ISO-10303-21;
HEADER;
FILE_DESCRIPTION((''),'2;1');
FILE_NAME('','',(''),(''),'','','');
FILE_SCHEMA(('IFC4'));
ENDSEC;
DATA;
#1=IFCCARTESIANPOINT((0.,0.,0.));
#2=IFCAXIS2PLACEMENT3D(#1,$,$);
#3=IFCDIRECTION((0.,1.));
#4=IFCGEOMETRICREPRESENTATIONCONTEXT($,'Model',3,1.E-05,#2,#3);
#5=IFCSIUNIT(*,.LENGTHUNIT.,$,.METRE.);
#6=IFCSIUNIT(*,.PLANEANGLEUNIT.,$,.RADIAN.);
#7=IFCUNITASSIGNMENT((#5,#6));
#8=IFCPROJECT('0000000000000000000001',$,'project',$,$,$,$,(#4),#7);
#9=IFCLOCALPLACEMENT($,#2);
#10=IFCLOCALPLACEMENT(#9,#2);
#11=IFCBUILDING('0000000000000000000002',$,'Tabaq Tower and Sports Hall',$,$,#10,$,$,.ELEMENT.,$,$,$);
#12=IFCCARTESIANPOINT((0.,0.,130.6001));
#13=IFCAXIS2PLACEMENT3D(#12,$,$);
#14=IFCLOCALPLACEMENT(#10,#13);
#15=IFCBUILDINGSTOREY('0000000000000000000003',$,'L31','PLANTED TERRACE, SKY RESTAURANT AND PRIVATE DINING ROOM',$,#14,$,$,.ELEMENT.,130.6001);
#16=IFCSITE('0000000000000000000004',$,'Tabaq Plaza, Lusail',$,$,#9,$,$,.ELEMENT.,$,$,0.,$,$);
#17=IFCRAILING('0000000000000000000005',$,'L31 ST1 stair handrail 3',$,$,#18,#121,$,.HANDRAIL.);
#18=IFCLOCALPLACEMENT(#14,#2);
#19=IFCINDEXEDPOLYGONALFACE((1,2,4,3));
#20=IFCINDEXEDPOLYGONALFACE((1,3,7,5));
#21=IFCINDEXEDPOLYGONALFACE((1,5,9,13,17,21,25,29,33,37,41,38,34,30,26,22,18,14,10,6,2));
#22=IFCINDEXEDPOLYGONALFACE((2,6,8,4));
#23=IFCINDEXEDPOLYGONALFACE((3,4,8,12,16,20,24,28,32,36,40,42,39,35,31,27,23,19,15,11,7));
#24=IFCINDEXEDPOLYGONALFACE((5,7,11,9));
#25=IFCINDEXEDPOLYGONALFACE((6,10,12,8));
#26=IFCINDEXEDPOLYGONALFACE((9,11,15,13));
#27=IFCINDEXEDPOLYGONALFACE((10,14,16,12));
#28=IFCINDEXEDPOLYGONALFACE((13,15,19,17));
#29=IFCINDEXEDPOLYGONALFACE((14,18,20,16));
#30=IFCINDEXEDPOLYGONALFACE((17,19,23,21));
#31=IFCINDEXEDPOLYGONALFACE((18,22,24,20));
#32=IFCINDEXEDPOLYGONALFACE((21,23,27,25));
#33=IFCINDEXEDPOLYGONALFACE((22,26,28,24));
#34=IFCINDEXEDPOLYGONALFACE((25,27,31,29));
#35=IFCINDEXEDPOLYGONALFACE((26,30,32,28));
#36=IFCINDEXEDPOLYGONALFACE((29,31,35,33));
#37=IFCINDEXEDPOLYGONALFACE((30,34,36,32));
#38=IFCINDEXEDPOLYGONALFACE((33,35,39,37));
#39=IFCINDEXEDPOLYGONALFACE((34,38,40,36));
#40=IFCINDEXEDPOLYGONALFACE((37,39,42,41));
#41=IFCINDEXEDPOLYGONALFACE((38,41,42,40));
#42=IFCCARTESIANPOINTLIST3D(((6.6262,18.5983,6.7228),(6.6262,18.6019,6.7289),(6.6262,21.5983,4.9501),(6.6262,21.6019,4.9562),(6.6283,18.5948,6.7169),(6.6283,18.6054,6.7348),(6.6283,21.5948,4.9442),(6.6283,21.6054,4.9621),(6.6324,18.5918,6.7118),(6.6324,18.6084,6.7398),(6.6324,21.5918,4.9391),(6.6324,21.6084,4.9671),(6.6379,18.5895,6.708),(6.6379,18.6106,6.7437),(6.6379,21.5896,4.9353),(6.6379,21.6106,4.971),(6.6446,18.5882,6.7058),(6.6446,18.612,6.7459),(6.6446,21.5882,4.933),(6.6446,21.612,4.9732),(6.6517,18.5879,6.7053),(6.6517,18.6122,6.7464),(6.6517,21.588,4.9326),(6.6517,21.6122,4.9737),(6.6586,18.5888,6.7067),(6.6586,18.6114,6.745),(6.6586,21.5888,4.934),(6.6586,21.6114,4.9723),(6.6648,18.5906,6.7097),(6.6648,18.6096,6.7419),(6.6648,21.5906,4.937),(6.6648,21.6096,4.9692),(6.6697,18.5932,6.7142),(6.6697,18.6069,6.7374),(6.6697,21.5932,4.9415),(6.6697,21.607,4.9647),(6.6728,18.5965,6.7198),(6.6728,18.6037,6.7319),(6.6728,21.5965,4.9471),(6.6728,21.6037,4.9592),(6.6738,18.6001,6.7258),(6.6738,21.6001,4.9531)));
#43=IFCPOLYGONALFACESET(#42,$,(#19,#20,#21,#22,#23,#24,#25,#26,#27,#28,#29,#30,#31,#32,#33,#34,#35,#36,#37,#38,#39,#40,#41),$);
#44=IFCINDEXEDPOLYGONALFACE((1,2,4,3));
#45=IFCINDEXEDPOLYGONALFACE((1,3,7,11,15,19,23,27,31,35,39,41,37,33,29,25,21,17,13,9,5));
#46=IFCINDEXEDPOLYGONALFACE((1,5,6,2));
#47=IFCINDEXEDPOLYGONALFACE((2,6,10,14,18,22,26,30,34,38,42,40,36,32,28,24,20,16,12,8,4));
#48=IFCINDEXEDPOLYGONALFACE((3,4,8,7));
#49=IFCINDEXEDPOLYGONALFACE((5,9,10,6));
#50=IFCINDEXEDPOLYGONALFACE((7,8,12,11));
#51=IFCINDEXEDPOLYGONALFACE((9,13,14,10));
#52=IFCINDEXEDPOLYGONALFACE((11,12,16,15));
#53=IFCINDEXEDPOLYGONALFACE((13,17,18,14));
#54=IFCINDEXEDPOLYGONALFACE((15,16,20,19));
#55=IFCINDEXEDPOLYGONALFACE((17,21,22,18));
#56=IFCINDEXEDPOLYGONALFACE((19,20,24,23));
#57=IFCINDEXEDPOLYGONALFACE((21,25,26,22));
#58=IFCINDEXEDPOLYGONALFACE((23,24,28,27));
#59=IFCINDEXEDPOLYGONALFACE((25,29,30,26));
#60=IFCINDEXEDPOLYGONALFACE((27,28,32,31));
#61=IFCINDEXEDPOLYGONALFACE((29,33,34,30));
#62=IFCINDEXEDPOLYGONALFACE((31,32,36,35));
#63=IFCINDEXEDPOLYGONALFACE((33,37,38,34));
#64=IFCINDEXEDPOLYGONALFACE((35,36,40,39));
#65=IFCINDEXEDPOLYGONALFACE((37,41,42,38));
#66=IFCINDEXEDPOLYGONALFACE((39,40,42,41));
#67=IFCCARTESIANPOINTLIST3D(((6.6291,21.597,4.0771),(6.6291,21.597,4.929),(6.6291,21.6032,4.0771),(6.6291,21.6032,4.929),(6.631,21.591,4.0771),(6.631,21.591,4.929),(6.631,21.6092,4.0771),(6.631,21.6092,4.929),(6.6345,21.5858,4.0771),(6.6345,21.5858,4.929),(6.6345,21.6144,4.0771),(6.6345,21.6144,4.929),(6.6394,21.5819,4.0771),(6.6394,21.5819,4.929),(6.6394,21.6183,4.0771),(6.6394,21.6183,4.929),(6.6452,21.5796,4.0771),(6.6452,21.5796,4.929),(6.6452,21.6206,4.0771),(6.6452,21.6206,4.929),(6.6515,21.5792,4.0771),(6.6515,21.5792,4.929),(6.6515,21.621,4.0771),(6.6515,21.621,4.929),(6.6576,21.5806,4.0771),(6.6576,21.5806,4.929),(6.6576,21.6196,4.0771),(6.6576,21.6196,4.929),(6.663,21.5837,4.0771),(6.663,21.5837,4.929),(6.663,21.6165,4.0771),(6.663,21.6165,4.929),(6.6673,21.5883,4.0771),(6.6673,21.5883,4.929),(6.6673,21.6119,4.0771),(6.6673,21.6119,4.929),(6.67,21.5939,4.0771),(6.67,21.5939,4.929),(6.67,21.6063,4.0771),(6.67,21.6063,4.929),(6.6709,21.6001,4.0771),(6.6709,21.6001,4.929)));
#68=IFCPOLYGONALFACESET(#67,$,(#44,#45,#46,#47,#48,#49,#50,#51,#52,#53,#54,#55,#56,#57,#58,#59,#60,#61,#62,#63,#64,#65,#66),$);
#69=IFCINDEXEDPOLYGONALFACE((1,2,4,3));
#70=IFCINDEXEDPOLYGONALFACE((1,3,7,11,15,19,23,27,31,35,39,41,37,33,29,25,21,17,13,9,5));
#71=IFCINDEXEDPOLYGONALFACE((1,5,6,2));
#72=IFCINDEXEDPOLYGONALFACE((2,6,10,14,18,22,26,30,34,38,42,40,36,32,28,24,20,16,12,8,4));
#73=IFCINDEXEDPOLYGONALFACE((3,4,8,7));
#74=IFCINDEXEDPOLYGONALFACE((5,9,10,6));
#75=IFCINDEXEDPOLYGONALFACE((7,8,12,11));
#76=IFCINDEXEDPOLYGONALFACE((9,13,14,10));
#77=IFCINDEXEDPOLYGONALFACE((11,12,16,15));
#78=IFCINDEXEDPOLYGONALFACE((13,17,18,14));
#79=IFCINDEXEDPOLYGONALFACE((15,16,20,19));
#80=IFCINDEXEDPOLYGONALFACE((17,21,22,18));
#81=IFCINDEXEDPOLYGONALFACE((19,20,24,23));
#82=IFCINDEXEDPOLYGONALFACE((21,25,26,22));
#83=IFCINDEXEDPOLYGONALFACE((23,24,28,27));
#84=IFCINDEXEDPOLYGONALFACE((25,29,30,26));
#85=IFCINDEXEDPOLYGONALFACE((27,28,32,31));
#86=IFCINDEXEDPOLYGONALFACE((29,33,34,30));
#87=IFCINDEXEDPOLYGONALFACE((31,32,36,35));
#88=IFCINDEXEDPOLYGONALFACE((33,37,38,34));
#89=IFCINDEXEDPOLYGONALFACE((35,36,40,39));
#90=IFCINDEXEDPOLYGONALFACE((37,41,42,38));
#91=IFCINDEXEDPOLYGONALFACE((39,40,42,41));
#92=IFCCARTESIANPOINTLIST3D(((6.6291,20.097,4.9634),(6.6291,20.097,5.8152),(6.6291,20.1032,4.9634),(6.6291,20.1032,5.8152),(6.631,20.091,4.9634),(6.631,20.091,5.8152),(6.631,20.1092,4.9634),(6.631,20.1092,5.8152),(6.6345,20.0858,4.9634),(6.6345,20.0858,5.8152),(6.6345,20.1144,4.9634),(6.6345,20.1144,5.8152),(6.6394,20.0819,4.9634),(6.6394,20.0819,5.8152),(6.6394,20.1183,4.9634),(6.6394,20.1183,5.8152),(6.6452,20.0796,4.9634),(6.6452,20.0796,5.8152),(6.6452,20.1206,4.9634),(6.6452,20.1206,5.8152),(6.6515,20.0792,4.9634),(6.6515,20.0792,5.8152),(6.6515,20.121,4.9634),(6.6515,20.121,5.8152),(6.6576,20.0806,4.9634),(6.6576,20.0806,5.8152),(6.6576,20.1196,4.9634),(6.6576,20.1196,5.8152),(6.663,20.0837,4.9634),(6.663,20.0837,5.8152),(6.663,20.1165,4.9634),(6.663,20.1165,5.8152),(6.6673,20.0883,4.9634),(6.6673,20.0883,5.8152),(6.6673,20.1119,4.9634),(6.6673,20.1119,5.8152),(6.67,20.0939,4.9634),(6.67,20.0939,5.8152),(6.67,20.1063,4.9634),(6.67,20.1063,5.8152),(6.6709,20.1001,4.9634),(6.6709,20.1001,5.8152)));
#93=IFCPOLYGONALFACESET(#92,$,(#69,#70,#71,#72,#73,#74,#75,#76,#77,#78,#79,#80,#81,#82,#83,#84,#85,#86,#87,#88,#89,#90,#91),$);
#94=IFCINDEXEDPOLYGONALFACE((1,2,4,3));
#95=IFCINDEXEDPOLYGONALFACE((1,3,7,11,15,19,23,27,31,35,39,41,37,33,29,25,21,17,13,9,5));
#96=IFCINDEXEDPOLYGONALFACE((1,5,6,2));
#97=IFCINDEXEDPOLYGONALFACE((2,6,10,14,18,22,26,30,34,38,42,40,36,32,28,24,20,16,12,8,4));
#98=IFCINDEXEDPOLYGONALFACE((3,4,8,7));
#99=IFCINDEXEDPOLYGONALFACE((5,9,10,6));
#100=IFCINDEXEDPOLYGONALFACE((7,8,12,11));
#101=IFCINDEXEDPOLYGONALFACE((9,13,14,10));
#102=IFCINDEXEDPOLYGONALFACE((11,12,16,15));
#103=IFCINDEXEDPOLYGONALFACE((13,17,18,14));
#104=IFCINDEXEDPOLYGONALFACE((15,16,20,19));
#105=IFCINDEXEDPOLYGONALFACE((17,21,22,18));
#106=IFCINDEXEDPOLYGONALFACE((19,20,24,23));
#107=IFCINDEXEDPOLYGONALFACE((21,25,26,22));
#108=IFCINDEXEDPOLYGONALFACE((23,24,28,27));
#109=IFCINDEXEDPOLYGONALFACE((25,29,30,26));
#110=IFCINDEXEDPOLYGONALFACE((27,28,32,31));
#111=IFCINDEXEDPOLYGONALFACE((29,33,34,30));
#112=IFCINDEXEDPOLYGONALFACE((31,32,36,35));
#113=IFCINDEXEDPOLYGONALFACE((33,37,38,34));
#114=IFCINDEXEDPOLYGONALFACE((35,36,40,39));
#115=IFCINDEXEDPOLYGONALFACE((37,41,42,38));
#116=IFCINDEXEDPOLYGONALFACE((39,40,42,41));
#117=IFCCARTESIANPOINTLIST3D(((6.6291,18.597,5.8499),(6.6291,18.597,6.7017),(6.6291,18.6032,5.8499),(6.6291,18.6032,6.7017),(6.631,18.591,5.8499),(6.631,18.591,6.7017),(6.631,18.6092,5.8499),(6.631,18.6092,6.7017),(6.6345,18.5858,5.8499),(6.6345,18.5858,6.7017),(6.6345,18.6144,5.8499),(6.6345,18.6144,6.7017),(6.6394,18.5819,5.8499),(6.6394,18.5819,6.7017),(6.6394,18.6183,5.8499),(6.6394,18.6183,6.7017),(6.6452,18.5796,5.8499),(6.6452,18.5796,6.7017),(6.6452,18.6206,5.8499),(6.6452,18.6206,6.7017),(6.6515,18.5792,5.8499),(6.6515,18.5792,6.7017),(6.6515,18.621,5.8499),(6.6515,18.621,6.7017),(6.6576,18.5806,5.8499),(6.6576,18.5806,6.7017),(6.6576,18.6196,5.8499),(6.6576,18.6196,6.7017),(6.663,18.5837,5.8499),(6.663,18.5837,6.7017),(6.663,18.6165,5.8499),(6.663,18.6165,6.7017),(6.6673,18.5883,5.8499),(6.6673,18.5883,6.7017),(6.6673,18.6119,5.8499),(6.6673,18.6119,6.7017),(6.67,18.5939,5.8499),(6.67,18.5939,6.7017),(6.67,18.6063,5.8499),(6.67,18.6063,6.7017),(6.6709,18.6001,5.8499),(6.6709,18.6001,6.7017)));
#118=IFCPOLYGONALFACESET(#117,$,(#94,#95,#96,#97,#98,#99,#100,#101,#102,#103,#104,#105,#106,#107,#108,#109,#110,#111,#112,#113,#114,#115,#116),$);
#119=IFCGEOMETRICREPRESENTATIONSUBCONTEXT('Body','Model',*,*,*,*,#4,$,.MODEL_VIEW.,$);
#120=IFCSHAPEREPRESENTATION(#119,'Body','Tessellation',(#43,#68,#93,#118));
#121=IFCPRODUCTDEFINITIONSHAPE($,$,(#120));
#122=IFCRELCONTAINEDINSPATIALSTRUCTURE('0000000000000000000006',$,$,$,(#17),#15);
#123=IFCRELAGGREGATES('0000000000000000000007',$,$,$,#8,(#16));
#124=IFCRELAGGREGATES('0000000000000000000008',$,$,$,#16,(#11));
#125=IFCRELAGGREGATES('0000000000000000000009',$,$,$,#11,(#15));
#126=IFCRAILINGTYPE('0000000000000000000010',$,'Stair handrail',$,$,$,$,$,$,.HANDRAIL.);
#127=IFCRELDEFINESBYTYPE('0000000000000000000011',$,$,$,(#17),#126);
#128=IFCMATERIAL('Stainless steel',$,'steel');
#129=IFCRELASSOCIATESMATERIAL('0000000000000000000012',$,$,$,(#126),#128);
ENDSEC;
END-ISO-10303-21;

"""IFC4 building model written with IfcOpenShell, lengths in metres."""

from ifc_helpers import new_model, si_unit, direction, frame, origin, origin_2d, place, context, subcontext, project, spatial, circle, extrude, material, type_object, element, save


model = new_model("IFC4")

# Units and contexts
model_context = context("Model", 3, precision=1e-05, world=origin(), true_north=direction((0.0, 1.0)))
body_context = subcontext(model_context, "Body", "Model", "MODEL_VIEW")
ifc_project = project(units=[si_unit("LENGTHUNIT", "METRE"), si_unit("PLANEANGLEUNIT", "RADIAN")], contexts=[model_context])

# Site, building, storey
site_placement = place(None, origin())
site = spatial("IfcSite", under=ifc_project, at=site_placement, Name="Tabaq Plaza, Lusail", CompositionType="ELEMENT", RefElevation=0.0)
building_placement = place(site_placement, origin())
building = spatial("IfcBuilding", under=site, at=building_placement, Name="Tabaq Tower and Sports Hall", CompositionType="ELEMENT")
storey_placement = place(building_placement, frame((0.0, 0.0, 130.6001)))
storey = spatial("IfcBuildingStorey", under=building, at=storey_placement, Name="L31", Description="PLANTED TERRACE, SKY RESTAURANT AND PRIVATE DINING ROOM", CompositionType="ELEMENT", Elevation=130.6001)

# Railing
ifc_material_1 = material(Name="Stainless steel", Category="steel")
railing_type_1 = type_object("IfcRailingType", Name="Stair handrail", PredefinedType="HANDRAIL", material=ifc_material_1)
railing_1_placement = place(storey_placement, frame((6.6499, 21.6001, 4.0771)))
element("IfcRailing", 1, at=railing_1_placement, inside=storey, type_object=railing_type_1, Name="L31 ST1 stair handrail 3", PredefinedType="HANDRAIL", context=body_context, shape_type="SweptSolid", body=[
    extrude(circle(Radius=0.0239, at=origin_2d()), frame((0.0, 0.0, 0.876), z_axis=(0.0, -0.860929, 0.508725), x_axis=(1.0, 0.0, 0.0)), (0.0, 0.0, 1.0), 3.4846),
    extrude(circle(Radius=0.021, at=origin_2d()), origin(), (0.0, 0.0, 1.0), 0.8518),
    extrude(circle(Radius=0.021, at=origin_2d()), frame((0.0, -1.5, 0.8862)), (0.0, 0.0, 1.0), 0.8518),
    extrude(circle(Radius=0.021, at=origin_2d()), frame((0.0, -3.0, 1.7727)), (0.0, 0.0, 1.0), 0.8518),
])

save(model, "model.ifc")
